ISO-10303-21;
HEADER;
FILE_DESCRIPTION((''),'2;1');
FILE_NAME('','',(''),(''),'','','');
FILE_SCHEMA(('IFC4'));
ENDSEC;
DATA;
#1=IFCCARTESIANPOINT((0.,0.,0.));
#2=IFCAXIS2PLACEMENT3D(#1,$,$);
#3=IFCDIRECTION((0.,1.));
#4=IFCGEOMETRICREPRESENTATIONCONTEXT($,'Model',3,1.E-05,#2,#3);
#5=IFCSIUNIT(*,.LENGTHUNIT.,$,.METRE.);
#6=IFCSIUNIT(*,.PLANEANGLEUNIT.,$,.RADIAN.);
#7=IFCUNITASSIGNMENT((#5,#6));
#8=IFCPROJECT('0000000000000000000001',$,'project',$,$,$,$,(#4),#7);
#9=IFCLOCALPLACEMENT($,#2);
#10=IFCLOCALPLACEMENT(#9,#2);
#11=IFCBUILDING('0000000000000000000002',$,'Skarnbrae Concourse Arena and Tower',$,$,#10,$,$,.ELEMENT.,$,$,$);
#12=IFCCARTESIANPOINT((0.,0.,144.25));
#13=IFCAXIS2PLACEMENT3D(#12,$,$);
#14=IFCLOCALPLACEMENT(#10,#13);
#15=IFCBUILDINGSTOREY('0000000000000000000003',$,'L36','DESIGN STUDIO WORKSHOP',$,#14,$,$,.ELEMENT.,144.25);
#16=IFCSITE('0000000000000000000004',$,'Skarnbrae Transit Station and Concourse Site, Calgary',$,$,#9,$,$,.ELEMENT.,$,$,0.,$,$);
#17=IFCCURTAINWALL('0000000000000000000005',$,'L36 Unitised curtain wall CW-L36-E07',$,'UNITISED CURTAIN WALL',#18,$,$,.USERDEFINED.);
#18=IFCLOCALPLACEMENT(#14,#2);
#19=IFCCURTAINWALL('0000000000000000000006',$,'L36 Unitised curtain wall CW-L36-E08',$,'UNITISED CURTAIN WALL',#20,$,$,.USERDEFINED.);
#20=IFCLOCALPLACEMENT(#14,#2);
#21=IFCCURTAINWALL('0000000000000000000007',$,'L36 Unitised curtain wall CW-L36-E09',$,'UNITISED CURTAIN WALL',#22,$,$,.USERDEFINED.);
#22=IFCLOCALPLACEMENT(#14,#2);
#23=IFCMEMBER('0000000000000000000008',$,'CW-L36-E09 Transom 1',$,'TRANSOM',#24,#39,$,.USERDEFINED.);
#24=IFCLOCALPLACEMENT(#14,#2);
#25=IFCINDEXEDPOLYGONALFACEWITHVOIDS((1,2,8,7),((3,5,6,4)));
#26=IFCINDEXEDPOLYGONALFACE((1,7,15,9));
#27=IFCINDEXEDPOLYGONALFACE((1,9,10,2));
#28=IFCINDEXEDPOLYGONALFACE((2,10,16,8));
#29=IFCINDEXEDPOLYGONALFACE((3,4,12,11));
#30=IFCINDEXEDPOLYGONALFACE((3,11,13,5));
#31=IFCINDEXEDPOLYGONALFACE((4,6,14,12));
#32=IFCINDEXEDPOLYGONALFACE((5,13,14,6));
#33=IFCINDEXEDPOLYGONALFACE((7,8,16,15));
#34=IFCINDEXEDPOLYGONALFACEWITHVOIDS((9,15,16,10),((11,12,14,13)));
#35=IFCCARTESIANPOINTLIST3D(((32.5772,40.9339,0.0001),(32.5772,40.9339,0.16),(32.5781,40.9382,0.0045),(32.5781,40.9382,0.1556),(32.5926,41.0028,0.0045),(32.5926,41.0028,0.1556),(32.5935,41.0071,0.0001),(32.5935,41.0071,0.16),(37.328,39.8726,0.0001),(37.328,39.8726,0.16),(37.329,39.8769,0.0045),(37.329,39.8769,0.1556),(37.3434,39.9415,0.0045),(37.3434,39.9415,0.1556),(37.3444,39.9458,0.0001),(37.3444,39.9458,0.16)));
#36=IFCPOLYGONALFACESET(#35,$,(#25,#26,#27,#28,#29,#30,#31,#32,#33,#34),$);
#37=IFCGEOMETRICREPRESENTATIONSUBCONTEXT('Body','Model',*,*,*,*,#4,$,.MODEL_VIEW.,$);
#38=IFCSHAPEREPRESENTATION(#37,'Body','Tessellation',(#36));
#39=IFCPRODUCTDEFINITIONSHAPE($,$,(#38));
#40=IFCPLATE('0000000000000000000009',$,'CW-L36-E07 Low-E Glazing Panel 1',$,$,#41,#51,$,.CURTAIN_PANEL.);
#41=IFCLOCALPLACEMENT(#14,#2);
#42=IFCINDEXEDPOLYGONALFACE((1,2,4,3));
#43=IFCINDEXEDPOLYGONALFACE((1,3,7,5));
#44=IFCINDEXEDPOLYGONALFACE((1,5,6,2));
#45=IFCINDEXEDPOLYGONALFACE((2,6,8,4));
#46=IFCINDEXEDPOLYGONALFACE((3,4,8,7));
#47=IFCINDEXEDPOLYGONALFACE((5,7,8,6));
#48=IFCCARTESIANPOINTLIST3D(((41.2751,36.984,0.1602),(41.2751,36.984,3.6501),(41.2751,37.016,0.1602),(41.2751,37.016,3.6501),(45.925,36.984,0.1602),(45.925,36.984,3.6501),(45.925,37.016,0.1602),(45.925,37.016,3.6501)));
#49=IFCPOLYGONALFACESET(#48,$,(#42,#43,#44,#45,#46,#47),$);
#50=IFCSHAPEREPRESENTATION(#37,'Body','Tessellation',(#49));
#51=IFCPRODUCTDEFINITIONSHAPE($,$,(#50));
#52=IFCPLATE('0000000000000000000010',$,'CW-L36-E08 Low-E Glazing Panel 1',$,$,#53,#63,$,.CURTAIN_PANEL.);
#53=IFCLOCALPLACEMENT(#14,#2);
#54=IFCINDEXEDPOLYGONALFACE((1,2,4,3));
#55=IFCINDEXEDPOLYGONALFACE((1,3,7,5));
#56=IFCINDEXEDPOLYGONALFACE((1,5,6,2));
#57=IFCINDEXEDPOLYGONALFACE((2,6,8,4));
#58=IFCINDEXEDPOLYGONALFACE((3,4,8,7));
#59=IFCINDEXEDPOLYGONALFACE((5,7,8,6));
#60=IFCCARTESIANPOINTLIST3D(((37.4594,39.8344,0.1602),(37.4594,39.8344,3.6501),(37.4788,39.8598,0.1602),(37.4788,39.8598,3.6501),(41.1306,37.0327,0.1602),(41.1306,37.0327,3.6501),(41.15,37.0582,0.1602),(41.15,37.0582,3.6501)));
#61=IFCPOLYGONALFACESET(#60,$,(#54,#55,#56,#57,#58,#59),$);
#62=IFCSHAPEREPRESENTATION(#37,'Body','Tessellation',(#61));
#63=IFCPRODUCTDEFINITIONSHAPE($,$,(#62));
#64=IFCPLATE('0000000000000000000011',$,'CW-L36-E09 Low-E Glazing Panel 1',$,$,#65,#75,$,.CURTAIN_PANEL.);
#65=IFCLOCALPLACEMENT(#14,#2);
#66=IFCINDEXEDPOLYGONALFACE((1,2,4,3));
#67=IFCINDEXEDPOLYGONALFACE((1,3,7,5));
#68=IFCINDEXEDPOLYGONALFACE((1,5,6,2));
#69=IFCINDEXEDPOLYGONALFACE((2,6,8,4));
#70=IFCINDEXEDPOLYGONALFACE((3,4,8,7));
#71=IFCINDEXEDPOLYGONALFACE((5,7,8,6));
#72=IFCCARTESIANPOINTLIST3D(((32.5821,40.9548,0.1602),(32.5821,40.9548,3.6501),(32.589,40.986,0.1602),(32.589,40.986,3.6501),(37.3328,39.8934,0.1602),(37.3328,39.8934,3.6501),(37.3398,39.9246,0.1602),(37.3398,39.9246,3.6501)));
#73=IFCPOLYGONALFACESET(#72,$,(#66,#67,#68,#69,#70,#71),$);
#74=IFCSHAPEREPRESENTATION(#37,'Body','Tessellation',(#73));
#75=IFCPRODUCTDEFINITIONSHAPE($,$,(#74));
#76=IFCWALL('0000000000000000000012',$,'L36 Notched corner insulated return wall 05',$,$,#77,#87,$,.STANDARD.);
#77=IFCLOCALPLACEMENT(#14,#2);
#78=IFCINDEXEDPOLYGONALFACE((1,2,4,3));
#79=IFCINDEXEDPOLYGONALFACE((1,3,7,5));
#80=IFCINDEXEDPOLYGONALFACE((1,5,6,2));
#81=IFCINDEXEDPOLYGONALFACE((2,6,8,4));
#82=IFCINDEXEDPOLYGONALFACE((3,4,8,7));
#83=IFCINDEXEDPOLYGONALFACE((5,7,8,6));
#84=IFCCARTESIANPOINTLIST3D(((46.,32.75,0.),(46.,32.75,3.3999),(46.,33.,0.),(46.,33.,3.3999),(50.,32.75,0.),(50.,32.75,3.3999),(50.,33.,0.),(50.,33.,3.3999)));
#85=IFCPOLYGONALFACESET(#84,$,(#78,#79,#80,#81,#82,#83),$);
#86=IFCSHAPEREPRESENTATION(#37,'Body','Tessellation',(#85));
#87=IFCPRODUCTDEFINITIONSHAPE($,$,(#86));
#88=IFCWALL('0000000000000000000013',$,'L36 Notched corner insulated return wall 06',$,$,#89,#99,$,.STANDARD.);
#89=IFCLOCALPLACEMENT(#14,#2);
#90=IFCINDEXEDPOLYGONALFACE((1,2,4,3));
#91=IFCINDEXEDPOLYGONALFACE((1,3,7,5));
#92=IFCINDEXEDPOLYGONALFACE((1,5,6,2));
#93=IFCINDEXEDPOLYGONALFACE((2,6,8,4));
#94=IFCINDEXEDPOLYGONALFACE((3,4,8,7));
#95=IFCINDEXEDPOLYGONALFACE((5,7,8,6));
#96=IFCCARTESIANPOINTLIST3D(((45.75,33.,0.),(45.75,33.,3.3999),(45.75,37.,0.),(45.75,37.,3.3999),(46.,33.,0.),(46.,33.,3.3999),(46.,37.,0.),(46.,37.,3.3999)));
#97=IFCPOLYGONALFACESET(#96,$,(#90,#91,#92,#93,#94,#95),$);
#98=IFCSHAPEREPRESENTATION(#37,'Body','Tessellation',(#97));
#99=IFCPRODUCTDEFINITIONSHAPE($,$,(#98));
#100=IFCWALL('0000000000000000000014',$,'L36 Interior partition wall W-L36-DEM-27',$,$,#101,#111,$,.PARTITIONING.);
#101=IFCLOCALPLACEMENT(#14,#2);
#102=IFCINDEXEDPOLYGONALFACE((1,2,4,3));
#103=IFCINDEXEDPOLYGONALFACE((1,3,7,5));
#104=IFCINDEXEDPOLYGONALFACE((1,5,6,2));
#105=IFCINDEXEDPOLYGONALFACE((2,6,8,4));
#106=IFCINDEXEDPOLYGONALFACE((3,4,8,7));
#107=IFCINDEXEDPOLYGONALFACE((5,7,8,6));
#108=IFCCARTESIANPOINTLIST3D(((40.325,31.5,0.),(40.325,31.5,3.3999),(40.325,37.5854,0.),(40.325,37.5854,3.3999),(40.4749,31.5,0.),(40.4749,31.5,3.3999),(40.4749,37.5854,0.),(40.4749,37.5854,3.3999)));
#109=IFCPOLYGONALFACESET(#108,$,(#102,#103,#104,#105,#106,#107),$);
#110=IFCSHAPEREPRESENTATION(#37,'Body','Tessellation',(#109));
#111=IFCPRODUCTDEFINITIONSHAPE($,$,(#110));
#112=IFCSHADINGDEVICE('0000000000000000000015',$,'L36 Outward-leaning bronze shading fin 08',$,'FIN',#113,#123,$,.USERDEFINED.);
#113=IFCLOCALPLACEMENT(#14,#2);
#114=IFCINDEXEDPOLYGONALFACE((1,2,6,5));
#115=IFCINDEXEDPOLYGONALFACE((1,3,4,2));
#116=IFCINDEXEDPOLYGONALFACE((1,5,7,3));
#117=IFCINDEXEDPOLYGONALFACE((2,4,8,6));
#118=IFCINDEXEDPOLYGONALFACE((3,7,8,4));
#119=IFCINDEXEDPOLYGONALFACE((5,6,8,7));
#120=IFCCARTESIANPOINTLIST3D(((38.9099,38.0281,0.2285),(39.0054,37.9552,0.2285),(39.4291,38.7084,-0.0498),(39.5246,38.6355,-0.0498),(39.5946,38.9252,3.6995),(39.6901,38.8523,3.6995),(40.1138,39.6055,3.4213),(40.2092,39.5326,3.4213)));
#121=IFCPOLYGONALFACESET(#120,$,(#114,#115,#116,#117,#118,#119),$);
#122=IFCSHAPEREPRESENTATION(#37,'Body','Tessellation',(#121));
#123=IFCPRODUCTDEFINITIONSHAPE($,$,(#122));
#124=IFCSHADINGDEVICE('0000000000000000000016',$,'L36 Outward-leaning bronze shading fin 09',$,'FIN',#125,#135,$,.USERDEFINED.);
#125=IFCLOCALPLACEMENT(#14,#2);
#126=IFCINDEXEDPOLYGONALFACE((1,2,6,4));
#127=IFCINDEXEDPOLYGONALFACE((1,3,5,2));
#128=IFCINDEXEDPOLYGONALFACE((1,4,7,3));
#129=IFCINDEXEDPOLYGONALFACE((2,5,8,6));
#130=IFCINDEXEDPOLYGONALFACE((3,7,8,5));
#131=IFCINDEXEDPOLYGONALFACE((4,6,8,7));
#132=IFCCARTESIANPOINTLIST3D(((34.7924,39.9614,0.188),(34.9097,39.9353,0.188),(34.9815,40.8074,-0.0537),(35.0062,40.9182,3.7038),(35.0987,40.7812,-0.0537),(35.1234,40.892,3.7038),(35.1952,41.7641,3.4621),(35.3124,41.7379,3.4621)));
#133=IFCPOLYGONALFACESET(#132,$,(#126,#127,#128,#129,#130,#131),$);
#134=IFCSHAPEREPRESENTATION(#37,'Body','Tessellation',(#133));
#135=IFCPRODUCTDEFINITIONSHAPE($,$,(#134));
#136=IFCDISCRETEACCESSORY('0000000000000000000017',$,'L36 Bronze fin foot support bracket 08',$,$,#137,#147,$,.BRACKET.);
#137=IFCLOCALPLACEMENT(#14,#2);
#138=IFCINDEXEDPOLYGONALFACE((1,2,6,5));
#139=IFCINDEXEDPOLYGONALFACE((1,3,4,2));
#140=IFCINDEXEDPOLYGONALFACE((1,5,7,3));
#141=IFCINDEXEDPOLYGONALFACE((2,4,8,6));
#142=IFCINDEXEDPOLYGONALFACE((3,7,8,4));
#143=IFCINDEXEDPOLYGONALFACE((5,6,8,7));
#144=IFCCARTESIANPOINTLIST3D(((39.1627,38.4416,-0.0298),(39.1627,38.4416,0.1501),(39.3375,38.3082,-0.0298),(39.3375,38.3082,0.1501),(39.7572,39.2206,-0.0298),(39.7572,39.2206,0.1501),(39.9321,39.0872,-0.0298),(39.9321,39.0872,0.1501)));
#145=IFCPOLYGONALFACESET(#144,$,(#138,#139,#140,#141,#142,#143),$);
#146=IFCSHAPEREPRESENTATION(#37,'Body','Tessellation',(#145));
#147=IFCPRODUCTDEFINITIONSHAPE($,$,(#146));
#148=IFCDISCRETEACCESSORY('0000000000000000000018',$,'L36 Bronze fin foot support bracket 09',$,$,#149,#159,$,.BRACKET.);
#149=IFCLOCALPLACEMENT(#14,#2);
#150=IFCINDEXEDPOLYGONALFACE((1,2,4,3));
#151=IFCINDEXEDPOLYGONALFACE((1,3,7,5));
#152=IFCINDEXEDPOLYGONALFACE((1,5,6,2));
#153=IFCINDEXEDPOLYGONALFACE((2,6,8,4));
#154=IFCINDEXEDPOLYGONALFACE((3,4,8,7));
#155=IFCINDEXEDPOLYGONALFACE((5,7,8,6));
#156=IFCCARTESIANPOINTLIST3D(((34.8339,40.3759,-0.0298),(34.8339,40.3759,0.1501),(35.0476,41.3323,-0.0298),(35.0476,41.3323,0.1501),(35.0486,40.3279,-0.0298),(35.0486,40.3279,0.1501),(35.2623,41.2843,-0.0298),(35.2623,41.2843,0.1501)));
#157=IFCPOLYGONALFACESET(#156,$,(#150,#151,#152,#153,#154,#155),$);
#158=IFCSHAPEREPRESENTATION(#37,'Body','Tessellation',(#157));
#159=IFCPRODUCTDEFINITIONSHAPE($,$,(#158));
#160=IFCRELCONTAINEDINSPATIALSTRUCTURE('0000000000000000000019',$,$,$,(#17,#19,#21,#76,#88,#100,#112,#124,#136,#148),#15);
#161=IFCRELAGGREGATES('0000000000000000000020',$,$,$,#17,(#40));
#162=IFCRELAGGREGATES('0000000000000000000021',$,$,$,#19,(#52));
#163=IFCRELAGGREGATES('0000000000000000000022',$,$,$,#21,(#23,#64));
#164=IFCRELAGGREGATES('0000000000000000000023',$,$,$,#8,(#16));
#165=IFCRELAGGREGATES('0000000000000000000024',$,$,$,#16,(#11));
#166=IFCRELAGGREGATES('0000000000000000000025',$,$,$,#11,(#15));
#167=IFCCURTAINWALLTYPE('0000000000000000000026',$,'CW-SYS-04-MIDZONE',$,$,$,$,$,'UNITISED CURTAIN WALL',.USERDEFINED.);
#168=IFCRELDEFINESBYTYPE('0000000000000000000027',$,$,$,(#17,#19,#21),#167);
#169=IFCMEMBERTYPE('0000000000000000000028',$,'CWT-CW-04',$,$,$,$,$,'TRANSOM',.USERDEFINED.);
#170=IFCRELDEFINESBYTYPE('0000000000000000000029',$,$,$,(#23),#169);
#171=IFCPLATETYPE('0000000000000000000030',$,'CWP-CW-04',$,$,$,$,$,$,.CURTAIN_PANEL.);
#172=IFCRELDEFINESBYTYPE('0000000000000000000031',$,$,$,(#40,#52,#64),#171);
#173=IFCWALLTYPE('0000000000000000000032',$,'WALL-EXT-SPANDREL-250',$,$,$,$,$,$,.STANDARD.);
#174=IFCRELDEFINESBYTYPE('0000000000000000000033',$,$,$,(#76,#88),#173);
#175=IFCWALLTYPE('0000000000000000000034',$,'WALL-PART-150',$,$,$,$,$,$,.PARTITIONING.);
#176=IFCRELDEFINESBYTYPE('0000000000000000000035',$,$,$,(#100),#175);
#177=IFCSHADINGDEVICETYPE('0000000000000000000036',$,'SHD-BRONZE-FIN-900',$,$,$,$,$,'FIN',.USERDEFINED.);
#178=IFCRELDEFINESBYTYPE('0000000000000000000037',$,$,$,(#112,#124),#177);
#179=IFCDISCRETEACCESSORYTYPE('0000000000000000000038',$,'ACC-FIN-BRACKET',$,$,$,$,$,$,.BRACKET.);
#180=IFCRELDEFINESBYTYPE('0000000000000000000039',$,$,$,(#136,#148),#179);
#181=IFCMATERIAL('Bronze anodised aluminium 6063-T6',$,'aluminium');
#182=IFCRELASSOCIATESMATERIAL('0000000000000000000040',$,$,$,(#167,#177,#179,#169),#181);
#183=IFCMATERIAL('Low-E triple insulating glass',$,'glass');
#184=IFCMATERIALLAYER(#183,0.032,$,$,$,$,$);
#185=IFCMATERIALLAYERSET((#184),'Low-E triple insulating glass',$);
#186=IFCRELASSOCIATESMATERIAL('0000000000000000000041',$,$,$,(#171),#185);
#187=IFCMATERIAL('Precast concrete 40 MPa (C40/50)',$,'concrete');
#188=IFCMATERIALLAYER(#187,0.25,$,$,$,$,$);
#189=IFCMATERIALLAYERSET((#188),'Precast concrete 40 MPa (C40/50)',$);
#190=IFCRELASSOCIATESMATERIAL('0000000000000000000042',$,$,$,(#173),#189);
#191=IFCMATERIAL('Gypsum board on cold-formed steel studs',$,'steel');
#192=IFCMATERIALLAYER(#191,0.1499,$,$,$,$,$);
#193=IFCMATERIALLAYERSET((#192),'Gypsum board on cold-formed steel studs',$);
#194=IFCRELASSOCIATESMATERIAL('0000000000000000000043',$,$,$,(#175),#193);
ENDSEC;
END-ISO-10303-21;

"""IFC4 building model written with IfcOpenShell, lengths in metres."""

from ifc_helpers import new_model, si_unit, direction, frame, frame_2d, origin, origin_2d, place, context, subcontext, project, spatial, rectangle, hollow_rectangle, extrude, source, transform, mapped, material, layer, layer_set, material_profile, profile_set, type_object, element, aggregate, save


model = new_model("IFC4")

# Units and contexts
model_context = context("Model", 3, precision=1e-05, world=origin(), true_north=direction((0.0, 1.0)))
body_context = subcontext(model_context, "Body", "Model", "MODEL_VIEW")
ifc_project = project(units=[si_unit("LENGTHUNIT", "METRE"), si_unit("PLANEANGLEUNIT", "RADIAN")], contexts=[model_context])

# Site, building, storey
site_placement = place(None, origin())
site = spatial("IfcSite", under=ifc_project, at=site_placement, Name="Skarnbrae Transit Station and Concourse Site, Calgary", CompositionType="ELEMENT", RefElevation=0.0)
building_placement = place(site_placement, origin())
building = spatial("IfcBuilding", under=site, at=building_placement, Name="Skarnbrae Concourse Arena and Tower", CompositionType="ELEMENT")
storey_placement = place(building_placement, frame((0.0, 0.0, 144.25)))
storey = spatial("IfcBuildingStorey", under=building, at=storey_placement, Name="L36", Description="DESIGN STUDIO WORKSHOP", CompositionType="ELEMENT", Elevation=144.25)

# Shared definitions
ifc_material_1 = material(Name="Bronze anodised aluminium 6063-T6", Category="aluminium")
curtain_wall_type = type_object("IfcCurtainWallType", Name="CW-SYS-04-MIDZONE", ElementType="UNITISED CURTAIN WALL", PredefinedType="USERDEFINED", material=ifc_material_1)

# Curtain walls
curtain_wall_1_placement = place(storey_placement, origin())
curtain_wall_1 = element("IfcCurtainWall", 1, at=curtain_wall_1_placement, inside=storey, type_object=curtain_wall_type, Name="L36 Unitised curtain wall CW-L36-E07", ObjectType="UNITISED CURTAIN WALL", PredefinedType="USERDEFINED")
curtain_wall_2_placement = place(storey_placement, origin())
curtain_wall_2 = element("IfcCurtainWall", 2, at=curtain_wall_2_placement, inside=storey, type_object=curtain_wall_type, Name="L36 Unitised curtain wall CW-L36-E08", ObjectType="UNITISED CURTAIN WALL", PredefinedType="USERDEFINED")

# Curtain wall
curtain_wall_3_placement = place(storey_placement, origin())
curtain_wall_3 = element("IfcCurtainWall", 3, at=curtain_wall_3_placement, inside=storey, type_object=curtain_wall_type, Name="L36 Unitised curtain wall CW-L36-E09", ObjectType="UNITISED CURTAIN WALL", PredefinedType="USERDEFINED")

# Member
ifc_material_profile_1 = material_profile(ifc_material_1, hollow_rectangle(XDim=0.075, YDim=0.1599, WallThickness=0.0044, at=origin_2d()), Name="ALU-TRAN-75X160")
ifc_profile_set_1 = profile_set([ifc_material_profile_1], Name="Bronze anodised aluminium 6063-T6")
member_type_1 = type_object("IfcMemberType", Name="CWT-CW-04", ElementType="TRANSOM", PredefinedType="USERDEFINED", material=ifc_profile_set_1)
shared_shape_1 = source(origin(), body_context, "Body", "SweptSolid", [
    extrude(hollow_rectangle(XDim=0.075, YDim=0.1599, WallThickness=0.0044, at=origin_2d()), origin(), (0.0, 0.0, 1.0), 4.8679),
])
member_1_placement = place(storey_placement, frame((37.3362, 39.9092, 0.0801), z_axis=(-0.975945, 0.218019, 0.0), x_axis=(-0.218019, -0.975945, 0.0)))
member_1 = element("IfcMember", 4, at=member_1_placement, type_object=member_type_1, Name="CW-L36-E09 Transom 1", ObjectType="TRANSOM", PredefinedType="USERDEFINED", context=body_context, shape_type="MappedRepresentation", body=[
    mapped(shared_shape_1, transform((0.0, 0.0, 0.0))),
])

# Plates
ifc_material_2 = material(Name="Low-E triple insulating glass", Category="glass")
ifc_layer_1 = layer(ifc_material_2, 0.032)
ifc_layer_set_1 = layer_set([ifc_layer_1], Name="Low-E triple insulating glass")
plate_type = type_object("IfcPlateType", Name="CWP-CW-04", PredefinedType="CURTAIN_PANEL", material=ifc_layer_set_1)
shared_shape_2 = source(origin(), body_context, "Body", "SweptSolid", [
    extrude(rectangle(XDim=4.6499, YDim=0.032, at=origin_2d()), origin(), (0.0, 0.0, 1.0), 3.49),
])
plate_1_placement = place(storey_placement, frame((43.6001, 37.0, 0.1602), z_axis=(0.0, 0.0, 1.0), x_axis=(-1.0, 0.0, 0.0)))
plate_1 = element("IfcPlate", 5, at=plate_1_placement, type_object=plate_type, Name="CW-L36-E07 Low-E Glazing Panel 1", PredefinedType="CURTAIN_PANEL", context=body_context, shape_type="MappedRepresentation", body=[
    mapped(shared_shape_2, transform((0.0, 0.0, 0.0))),
])
aggregate(curtain_wall_1, [plate_1])
shared_shape_3 = source(origin(), body_context, "Body", "SweptSolid", [
    extrude(rectangle(XDim=4.6182, YDim=0.032, at=origin_2d()), origin(), (0.0, 0.0, 1.0), 3.49),
])
plate_2_placement = place(storey_placement, frame((39.3047, 38.4463, 0.1602), z_axis=(0.0, 0.0, 1.0), x_axis=(-0.794956, 0.606667, 0.0)))
plate_2 = element("IfcPlate", 6, at=plate_2_placement, type_object=plate_type, Name="CW-L36-E08 Low-E Glazing Panel 1", PredefinedType="CURTAIN_PANEL", context=body_context, shape_type="MappedRepresentation", body=[
    mapped(shared_shape_3, transform((0.0, 0.0, 0.0))),
])
aggregate(curtain_wall_2, [plate_2])
shared_shape_4 = source(origin(), body_context, "Body", "SweptSolid", [
    extrude(rectangle(XDim=4.8679, YDim=0.032, at=origin_2d()), origin(), (0.0, 0.0, 1.0), 3.49),
])
plate_3_placement = place(storey_placement, frame((34.9609, 40.4397, 0.1602), z_axis=(0.0, 0.0, 1.0), x_axis=(-0.975936, 0.218056, 0.0)))
plate_3 = element("IfcPlate", 7, at=plate_3_placement, type_object=plate_type, Name="CW-L36-E09 Low-E Glazing Panel 1", PredefinedType="CURTAIN_PANEL", context=body_context, shape_type="MappedRepresentation", body=[
    mapped(shared_shape_4, transform((0.0, 0.0, 0.0))),
])
aggregate(curtain_wall_3, [member_1, plate_3])

# Walls
ifc_material_3 = material(Name="Precast concrete 40 MPa (C40/50)", Category="concrete")
ifc_layer_2 = layer(ifc_material_3, 0.25)
ifc_layer_set_2 = layer_set([ifc_layer_2], Name="Precast concrete 40 MPa (C40/50)")
wall_type_1 = type_object("IfcWallType", Name="WALL-EXT-SPANDREL-250", PredefinedType="STANDARD", material=ifc_layer_set_2)
shared_shape_5 = source(origin(), body_context, "Body", "SweptSolid", [
    extrude(rectangle(XDim=4.0, YDim=0.25, at=frame_2d((2.0, 0.0))), origin(), (0.0, 0.0, 1.0), 3.3999),
])
for number, where, z_axis, x_axis, name in (
    (8, (50.0, 32.875, 0.0), (0.0, 0.0, 1.0), (-1.0, 0.0, 0.0), "L36 Notched corner insulated return wall 05"),
    (9, (45.875, 33.0, 0.0), (0.0, 0.0, 1.0), (0.0, 1.0, 0.0), "L36 Notched corner insulated return wall 06"),
):
    element("IfcWall", number, at=place(storey_placement, frame(where, z_axis=z_axis, x_axis=x_axis)), inside=storey, type_object=wall_type_1, Name=name, PredefinedType="STANDARD", context=body_context, shape_type="MappedRepresentation", body=[
        mapped(shared_shape_5, transform((0.0, 0.0, 0.0))),
    ])
ifc_material_4 = material(Name="Gypsum board on cold-formed steel studs", Category="steel")
ifc_layer_3 = layer(ifc_material_4, 0.1499)
ifc_layer_set_3 = layer_set([ifc_layer_3], Name="Gypsum board on cold-formed steel studs")
wall_type_2 = type_object("IfcWallType", Name="WALL-PART-150", PredefinedType="PARTITIONING", material=ifc_layer_set_3)
shared_shape_6 = source(origin(), body_context, "Body", "SweptSolid", [
    extrude(rectangle(XDim=6.0854, YDim=0.1499, at=frame_2d((3.0427, 0.0))), origin(), (0.0, 0.0, 1.0), 3.3999),
])
wall_placement = place(storey_placement, frame((40.3999, 37.5854, 0.0), z_axis=(0.0, 0.0, 1.0), x_axis=(0.0, -1.0, 0.0)))
element("IfcWall", 10, at=wall_placement, inside=storey, type_object=wall_type_2, Name="L36 Interior partition wall W-L36-DEM-27", PredefinedType="PARTITIONING", context=body_context, shape_type="MappedRepresentation", body=[
    mapped(shared_shape_6, transform((0.0, 0.0, 0.0))),
])

# Shading devices
shading_device_type = type_object("IfcShadingDeviceType", Name="SHD-BRONZE-FIN-900", ElementType="FIN", PredefinedType="USERDEFINED", material=ifc_material_1)
shared_shape_7 = source(origin(), body_context, "Body", "SweptSolid", [
    extrude(rectangle(XDim=0.1201, YDim=0.8999, at=origin_2d()), origin(), (0.0, 0.0, 1.0), 3.6499),
])
for number, where, z_axis, x_axis, name in (
    (11, (39.2173, 38.3318, 0.0894), (0.187572, 0.245787, 0.951003), (0.794955, -0.606668, 0.0), "L36 Outward-leaning bronze shading fin 08"),
    (12, (34.9456, 40.3713, 0.0671), (0.058567, 0.26212, 0.963256), (0.975936, -0.218058, 0.0), "L36 Outward-leaning bronze shading fin 09"),
):
    element("IfcShadingDevice", number, at=place(storey_placement, frame(where, z_axis=z_axis, x_axis=x_axis)), inside=storey, type_object=shading_device_type, Name=name, ObjectType="FIN", PredefinedType="USERDEFINED", context=body_context, shape_type="MappedRepresentation", body=[
        mapped(shared_shape_7, transform((0.0, 0.0, 0.0))),
    ])

# Discrete accessories
discrete_accessory_type = type_object("IfcDiscreteAccessoryType", Name="ACC-FIN-BRACKET", PredefinedType="BRACKET", material=ifc_material_1)
shared_shape_8 = source(origin(), body_context, "Body", "SweptSolid", [
    extrude(rectangle(XDim=0.22, YDim=0.98, at=origin_2d()), origin(), (0.0, 0.0, 1.0), 0.1799),
])
for number, where, z_axis, x_axis, name in (
    (13, (39.5474, 38.7644, -0.0298), (0.0, 0.0, 1.0), (0.794955, -0.606668, 0.0), "L36 Bronze fin foot support bracket 08"),
    (14, (35.0481, 40.8301, -0.0298), (0.0, 0.0, 1.0), (0.975936, -0.218058, 0.0), "L36 Bronze fin foot support bracket 09"),
):
    element("IfcDiscreteAccessory", number, at=place(storey_placement, frame(where, z_axis=z_axis, x_axis=x_axis)), inside=storey, type_object=discrete_accessory_type, Name=name, PredefinedType="BRACKET", context=body_context, shape_type="MappedRepresentation", body=[
        mapped(shared_shape_8, transform((0.0, 0.0, 0.0))),
    ])

save(model, "model.ifc")
